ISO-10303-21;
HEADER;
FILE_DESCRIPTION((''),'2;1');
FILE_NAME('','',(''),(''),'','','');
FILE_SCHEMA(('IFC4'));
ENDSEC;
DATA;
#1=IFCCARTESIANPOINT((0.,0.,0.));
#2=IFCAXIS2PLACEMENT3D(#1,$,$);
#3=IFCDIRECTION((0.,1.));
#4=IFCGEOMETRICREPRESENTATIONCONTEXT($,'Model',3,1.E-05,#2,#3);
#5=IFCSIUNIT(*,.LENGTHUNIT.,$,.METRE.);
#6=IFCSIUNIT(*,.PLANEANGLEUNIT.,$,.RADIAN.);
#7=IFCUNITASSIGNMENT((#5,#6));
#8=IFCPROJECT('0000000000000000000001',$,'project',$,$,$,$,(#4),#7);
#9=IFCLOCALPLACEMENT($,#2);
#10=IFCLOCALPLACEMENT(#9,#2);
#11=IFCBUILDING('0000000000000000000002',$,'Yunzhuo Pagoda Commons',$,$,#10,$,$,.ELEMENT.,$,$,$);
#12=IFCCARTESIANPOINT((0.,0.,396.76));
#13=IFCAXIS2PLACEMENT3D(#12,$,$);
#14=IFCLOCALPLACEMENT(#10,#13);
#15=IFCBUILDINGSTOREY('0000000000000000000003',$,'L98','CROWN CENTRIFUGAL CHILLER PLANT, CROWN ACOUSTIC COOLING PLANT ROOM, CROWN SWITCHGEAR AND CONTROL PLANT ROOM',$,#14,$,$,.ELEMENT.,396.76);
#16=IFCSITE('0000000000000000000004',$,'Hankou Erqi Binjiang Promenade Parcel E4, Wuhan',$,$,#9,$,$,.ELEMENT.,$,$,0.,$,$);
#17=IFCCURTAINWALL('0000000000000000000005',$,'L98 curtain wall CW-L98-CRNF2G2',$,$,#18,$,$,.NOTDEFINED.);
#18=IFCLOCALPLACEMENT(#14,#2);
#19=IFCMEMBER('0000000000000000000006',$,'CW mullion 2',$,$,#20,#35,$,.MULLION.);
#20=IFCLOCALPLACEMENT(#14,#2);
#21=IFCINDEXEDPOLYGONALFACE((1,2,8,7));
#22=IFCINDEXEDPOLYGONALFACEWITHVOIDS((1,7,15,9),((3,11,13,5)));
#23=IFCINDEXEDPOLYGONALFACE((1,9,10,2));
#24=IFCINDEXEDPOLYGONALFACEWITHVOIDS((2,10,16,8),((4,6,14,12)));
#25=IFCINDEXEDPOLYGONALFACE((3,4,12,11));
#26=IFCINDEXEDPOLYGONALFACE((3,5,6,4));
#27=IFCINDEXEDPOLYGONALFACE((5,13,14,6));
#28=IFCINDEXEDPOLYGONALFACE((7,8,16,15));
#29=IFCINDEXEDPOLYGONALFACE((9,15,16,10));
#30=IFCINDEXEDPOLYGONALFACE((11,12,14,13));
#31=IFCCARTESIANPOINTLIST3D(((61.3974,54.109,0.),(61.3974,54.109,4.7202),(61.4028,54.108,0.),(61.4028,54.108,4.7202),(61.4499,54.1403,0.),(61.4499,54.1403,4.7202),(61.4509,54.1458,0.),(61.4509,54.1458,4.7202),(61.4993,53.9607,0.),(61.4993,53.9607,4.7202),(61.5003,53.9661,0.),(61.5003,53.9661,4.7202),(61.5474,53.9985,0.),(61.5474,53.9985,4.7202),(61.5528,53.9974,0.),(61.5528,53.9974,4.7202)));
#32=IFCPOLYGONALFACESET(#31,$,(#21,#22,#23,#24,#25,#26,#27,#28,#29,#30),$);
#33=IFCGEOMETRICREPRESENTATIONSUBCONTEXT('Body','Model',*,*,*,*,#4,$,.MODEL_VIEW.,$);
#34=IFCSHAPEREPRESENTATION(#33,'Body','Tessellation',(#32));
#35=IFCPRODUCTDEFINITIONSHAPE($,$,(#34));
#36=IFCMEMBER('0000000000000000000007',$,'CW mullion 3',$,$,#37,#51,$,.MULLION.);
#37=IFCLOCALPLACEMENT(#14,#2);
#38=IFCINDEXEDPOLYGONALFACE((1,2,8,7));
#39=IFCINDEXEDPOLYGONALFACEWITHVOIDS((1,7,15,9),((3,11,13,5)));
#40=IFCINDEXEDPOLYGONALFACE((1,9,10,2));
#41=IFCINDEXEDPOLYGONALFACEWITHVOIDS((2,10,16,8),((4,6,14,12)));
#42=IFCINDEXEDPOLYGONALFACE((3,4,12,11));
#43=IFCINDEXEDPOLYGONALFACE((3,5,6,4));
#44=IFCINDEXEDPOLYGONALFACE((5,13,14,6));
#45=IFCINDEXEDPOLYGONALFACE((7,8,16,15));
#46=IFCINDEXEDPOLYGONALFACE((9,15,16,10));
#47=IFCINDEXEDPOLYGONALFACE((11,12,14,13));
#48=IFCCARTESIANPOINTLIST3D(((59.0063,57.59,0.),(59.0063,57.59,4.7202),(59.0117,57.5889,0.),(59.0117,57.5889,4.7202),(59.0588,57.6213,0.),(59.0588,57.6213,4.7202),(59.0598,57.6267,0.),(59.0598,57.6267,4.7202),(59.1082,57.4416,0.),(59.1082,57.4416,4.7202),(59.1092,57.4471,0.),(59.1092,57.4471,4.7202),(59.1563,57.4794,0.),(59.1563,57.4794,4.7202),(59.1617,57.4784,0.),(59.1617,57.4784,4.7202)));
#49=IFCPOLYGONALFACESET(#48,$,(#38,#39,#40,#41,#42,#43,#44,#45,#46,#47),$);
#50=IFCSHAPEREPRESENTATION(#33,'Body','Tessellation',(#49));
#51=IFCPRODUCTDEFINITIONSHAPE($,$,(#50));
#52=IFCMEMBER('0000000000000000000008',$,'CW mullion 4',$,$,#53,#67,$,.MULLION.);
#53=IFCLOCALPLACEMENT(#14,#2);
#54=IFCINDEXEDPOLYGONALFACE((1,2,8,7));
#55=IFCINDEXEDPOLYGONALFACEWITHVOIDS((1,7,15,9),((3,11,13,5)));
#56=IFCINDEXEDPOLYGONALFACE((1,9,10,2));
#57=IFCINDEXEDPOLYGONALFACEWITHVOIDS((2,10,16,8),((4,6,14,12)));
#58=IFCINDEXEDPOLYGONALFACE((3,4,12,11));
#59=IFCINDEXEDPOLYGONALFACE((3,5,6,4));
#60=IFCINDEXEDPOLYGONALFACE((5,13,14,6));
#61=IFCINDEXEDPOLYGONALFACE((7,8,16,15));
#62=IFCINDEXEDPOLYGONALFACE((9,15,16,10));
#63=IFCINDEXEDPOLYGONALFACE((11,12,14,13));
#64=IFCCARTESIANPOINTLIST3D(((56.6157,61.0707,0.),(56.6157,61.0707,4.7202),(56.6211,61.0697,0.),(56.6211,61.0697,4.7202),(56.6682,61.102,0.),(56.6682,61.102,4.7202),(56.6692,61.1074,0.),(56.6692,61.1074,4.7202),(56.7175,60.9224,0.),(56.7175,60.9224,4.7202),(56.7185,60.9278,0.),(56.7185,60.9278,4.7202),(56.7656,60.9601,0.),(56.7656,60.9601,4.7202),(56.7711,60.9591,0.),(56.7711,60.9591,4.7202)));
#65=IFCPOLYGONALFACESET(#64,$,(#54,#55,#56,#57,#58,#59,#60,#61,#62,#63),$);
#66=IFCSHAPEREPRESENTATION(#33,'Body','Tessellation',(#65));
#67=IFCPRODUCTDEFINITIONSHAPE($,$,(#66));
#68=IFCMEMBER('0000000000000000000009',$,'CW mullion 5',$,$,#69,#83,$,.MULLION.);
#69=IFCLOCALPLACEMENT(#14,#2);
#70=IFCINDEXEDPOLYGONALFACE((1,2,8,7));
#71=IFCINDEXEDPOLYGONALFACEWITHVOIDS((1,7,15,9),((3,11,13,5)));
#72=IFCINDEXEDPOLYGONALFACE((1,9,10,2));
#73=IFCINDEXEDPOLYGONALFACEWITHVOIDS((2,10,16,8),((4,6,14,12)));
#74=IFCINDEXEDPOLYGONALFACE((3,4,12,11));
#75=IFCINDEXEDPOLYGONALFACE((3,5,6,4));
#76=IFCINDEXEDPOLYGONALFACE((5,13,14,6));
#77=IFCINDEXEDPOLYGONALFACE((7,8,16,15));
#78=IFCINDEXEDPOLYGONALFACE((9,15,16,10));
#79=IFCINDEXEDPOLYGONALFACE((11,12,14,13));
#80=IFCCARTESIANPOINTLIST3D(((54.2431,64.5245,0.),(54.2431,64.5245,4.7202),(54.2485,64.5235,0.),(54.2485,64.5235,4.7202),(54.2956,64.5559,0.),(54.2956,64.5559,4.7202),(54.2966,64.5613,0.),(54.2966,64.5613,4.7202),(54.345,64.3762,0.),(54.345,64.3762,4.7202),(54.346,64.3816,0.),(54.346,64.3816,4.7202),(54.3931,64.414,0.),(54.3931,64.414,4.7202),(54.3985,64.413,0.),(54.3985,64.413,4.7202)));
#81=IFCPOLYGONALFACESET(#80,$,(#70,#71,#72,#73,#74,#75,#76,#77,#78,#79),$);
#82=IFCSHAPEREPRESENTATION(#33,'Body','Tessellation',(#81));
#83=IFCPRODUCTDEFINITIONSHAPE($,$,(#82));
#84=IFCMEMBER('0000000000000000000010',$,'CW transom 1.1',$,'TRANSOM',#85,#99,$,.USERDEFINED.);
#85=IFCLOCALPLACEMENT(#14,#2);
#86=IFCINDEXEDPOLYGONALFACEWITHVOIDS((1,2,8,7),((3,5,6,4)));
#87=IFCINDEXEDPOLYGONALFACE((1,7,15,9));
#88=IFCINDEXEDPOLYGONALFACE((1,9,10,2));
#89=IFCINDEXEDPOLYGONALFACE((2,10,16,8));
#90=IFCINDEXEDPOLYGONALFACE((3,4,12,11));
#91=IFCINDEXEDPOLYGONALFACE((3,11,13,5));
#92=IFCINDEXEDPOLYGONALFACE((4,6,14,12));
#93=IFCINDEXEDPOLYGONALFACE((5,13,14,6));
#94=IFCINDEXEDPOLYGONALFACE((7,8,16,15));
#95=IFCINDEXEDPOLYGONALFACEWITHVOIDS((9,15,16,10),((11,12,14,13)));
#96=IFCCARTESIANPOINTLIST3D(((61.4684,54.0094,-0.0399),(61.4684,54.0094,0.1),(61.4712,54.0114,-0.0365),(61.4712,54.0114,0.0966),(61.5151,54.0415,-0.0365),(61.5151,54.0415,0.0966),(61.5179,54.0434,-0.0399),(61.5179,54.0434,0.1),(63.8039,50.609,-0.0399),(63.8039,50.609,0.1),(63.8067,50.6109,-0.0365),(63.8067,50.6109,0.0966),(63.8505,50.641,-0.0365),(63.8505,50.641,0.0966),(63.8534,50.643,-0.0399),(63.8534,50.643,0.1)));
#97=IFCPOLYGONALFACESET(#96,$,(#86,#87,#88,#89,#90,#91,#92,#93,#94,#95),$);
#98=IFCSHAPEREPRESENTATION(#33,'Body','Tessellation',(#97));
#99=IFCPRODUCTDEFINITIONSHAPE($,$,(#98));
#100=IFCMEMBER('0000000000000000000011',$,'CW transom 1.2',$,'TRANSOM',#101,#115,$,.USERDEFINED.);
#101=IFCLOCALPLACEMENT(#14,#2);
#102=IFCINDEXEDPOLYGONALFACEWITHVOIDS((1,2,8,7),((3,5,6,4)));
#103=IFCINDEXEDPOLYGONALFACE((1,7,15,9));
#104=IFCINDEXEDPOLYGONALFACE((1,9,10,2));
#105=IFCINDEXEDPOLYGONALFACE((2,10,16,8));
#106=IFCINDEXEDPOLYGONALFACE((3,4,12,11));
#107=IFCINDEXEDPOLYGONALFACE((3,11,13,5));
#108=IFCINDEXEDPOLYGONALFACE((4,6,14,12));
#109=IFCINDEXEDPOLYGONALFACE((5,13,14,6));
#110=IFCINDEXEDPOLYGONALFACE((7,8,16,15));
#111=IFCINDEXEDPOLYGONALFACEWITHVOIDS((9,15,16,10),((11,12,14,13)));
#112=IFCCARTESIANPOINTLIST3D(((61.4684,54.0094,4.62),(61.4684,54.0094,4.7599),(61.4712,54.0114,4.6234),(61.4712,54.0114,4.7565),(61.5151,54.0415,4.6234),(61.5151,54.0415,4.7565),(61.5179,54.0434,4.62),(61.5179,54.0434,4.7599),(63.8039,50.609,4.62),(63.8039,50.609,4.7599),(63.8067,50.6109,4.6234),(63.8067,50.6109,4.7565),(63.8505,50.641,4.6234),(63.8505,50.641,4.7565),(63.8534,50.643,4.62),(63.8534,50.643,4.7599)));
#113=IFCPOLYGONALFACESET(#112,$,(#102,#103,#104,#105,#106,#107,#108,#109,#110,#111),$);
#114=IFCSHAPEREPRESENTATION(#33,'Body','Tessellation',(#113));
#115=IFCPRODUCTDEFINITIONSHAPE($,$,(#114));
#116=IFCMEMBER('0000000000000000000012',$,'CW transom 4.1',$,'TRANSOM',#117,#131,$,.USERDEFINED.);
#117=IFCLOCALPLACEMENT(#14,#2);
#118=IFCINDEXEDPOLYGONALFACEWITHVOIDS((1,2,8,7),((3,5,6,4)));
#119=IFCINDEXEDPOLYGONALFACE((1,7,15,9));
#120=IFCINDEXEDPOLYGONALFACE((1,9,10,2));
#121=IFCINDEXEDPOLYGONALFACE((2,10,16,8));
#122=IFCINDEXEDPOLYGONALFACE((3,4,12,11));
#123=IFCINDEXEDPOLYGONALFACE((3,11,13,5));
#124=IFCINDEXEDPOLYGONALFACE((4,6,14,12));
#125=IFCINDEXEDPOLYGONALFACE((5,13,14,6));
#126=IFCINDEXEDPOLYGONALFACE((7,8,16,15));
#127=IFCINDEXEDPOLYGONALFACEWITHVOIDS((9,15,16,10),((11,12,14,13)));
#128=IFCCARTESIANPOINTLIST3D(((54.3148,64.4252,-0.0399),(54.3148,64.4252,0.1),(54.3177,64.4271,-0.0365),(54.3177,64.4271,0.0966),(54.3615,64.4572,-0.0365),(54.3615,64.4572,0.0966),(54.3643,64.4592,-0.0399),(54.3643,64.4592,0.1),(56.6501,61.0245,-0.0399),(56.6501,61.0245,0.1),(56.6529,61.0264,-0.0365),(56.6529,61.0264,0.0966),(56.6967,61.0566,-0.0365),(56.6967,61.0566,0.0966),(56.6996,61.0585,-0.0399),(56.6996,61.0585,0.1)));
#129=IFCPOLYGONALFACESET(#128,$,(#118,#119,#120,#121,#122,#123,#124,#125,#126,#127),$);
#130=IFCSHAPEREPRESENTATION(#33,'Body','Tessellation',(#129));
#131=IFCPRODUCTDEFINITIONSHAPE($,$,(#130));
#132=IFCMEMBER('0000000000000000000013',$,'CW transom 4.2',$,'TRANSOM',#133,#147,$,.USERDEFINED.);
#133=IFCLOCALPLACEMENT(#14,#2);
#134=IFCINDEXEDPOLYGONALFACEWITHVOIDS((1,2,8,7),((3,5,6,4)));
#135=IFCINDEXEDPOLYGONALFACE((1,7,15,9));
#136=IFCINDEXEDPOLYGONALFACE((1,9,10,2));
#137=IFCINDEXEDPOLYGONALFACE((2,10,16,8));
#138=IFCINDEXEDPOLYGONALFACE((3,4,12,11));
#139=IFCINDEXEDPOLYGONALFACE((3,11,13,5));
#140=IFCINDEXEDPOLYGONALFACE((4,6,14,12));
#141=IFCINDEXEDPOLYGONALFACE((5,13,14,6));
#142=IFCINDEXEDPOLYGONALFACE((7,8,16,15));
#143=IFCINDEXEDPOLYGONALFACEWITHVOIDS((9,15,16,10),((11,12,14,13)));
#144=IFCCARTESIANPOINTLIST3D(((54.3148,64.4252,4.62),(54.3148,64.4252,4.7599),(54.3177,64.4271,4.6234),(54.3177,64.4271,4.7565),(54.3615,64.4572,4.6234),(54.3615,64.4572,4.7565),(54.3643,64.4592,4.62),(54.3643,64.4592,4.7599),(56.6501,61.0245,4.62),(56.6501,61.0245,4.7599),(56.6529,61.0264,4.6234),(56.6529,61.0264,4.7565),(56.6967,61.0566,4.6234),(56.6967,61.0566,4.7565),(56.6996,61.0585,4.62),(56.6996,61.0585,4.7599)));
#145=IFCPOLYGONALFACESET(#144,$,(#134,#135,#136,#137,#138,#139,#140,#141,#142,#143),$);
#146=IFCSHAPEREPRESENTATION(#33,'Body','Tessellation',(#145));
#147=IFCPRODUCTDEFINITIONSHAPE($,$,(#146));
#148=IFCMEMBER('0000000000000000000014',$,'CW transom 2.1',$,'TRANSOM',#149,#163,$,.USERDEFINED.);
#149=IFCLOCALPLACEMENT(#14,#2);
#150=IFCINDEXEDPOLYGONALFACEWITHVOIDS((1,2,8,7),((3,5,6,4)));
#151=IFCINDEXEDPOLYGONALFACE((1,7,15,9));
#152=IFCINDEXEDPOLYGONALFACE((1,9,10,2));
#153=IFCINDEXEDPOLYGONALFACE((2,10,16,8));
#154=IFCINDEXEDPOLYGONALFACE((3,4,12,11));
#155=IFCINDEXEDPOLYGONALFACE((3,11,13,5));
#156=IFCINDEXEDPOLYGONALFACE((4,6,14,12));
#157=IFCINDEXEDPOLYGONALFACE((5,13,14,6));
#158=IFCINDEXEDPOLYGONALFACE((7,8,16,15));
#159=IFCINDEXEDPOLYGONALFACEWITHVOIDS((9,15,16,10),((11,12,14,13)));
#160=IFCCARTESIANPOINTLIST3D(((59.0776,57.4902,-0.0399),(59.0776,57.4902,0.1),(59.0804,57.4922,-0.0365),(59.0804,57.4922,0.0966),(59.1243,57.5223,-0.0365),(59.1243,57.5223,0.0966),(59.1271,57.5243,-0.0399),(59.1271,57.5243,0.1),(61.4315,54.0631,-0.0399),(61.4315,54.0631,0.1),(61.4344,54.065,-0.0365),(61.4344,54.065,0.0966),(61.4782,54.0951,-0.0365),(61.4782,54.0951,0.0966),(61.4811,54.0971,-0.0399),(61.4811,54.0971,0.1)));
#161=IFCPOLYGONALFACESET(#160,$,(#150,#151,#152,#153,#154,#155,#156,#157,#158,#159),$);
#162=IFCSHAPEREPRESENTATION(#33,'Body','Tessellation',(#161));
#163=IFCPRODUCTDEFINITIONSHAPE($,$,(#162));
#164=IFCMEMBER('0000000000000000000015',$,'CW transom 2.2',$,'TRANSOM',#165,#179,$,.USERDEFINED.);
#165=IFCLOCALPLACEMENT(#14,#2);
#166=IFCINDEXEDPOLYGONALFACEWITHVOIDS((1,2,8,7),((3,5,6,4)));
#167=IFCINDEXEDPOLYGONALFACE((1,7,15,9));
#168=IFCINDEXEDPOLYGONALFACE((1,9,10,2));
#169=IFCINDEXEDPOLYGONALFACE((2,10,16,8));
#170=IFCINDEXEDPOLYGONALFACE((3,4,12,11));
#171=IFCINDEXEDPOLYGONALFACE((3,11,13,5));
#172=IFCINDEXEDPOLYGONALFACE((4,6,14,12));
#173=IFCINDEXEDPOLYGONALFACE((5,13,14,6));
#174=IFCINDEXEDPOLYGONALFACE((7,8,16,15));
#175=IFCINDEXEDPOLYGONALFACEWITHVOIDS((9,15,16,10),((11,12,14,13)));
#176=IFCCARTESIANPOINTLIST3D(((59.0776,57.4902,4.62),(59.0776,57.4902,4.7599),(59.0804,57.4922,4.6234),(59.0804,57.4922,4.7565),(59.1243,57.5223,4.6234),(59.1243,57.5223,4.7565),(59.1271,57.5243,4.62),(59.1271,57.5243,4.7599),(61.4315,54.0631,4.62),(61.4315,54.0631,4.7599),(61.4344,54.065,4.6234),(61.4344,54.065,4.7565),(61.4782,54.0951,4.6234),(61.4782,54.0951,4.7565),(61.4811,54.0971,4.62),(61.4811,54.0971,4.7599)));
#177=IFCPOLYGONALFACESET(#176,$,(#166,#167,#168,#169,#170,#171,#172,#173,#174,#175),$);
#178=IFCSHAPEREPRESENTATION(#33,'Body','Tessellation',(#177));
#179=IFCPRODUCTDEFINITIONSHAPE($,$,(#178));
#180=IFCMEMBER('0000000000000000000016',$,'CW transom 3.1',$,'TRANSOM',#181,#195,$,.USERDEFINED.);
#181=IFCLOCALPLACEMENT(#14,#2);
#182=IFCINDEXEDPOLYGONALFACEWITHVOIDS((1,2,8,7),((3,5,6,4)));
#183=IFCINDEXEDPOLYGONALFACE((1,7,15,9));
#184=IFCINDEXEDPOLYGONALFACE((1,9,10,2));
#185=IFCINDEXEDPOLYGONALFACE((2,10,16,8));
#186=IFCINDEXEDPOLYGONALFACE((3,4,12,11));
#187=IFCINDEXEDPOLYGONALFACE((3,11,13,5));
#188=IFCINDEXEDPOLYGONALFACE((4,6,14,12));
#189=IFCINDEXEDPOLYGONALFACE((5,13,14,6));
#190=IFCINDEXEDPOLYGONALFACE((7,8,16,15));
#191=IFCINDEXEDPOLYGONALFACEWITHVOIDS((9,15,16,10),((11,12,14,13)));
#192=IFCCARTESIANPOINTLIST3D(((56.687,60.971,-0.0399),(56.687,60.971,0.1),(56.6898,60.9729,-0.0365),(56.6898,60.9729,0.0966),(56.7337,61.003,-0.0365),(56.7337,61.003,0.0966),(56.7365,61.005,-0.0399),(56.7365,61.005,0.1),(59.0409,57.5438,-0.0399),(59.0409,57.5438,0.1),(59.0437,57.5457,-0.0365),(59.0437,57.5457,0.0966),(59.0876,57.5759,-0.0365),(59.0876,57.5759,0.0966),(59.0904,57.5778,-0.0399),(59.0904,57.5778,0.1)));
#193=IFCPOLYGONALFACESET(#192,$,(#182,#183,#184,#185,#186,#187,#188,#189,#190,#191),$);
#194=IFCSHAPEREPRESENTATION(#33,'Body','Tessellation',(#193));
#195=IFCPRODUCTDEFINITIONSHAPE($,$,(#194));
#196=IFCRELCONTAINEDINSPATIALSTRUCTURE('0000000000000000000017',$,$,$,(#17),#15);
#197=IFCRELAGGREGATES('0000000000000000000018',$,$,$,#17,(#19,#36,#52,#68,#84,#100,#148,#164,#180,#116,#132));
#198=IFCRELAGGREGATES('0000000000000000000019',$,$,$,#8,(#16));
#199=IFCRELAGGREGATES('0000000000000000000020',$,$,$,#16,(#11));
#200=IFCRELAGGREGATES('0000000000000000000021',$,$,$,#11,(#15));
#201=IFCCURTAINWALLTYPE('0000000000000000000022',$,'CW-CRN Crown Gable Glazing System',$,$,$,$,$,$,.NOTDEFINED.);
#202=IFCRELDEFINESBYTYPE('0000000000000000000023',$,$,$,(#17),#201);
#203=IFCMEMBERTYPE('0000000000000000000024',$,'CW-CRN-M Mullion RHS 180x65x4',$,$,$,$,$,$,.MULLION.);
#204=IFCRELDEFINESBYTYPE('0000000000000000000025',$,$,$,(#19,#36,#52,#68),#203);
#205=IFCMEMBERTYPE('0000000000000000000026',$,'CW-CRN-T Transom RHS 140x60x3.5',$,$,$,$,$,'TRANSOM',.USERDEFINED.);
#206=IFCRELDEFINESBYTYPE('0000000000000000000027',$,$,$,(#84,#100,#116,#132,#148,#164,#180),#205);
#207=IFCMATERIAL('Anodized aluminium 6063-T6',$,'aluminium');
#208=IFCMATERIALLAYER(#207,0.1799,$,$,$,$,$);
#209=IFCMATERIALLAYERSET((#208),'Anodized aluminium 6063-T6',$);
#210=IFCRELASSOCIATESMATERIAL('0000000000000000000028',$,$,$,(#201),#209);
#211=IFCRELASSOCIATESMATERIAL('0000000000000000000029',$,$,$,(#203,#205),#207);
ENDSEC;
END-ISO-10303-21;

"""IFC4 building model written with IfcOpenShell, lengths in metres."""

from ifc_helpers import new_model, si_unit, direction, frame, origin, origin_2d, place, context, subcontext, project, spatial, hollow_rectangle, extrude, source, transform, mapped, material, layer, layer_set, material_profile, profile_set, type_object, element, aggregate, save


model = new_model("IFC4")

# Units and contexts
model_context = context("Model", 3, precision=1e-05, world=origin(), true_north=direction((0.0, 1.0)))
body_context = subcontext(model_context, "Body", "Model", "MODEL_VIEW")
ifc_project = project(units=[si_unit("LENGTHUNIT", "METRE"), si_unit("PLANEANGLEUNIT", "RADIAN")], contexts=[model_context])

# Site, building, storey
site_placement = place(None, origin())
site = spatial("IfcSite", under=ifc_project, at=site_placement, Name="Hankou Erqi Binjiang Promenade Parcel E4, Wuhan", CompositionType="ELEMENT", RefElevation=0.0)
building_placement = place(site_placement, origin())
building = spatial("IfcBuilding", under=site, at=building_placement, Name="Yunzhuo Pagoda Commons", CompositionType="ELEMENT")
storey_placement = place(building_placement, frame((0.0, 0.0, 396.76)))
storey = spatial("IfcBuildingStorey", under=building, at=storey_placement, Name="L98", Description="CROWN CENTRIFUGAL CHILLER PLANT, CROWN ACOUSTIC COOLING PLANT ROOM, CROWN SWITCHGEAR AND CONTROL PLANT ROOM", CompositionType="ELEMENT", Elevation=396.76)

# Shared definitions
ifc_material_1 = material(Name="Anodized aluminium 6063-T6", Category="aluminium")
ifc_layer_1 = layer(ifc_material_1, 0.1799)
ifc_layer_set_1 = layer_set([ifc_layer_1], Name="Anodized aluminium 6063-T6")
curtain_wall_type_1 = type_object("IfcCurtainWallType", Name="CW-CRN Crown Gable Glazing System", PredefinedType="NOTDEFINED", material=ifc_layer_set_1)
ifc_material_profile_1 = material_profile(ifc_material_1, hollow_rectangle(XDim=0.0649, YDim=0.1799, WallThickness=0.0039, at=origin_2d()), Name="Anodized aluminium 6063-T6")
ifc_profile_set_1 = profile_set([ifc_material_profile_1], Name="Anodized aluminium 6063-T6")
member_type_1 = type_object("IfcMemberType", Name="CW-CRN-M Mullion RHS 180x65x4", PredefinedType="MULLION", material=ifc_profile_set_1)
shared_shape_1 = source(origin(), body_context, "Body", "SweptSolid", [
    extrude(hollow_rectangle(XDim=0.0649, YDim=0.1799, WallThickness=0.0039, at=origin_2d()), origin(), (0.0, 0.0, 1.0), 4.7202),
])

# Curtain wall, members
curtain_wall_1_placement = place(storey_placement, origin())
curtain_wall_1 = element("IfcCurtainWall", 1, at=curtain_wall_1_placement, inside=storey, type_object=curtain_wall_type_1, Name="L98 curtain wall CW-L98-CRNF2G2", PredefinedType="NOTDEFINED")
member_1_placement = place(storey_placement, frame((61.4751, 54.0532, 0.0), z_axis=(0.0, 0.0, 1.0), x_axis=(-0.824296, -0.566159, 0.0)))
member_1 = element("IfcMember", 2, at=member_1_placement, type_object=member_type_1, Name="CW mullion 2", PredefinedType="MULLION", context=body_context, shape_type="MappedRepresentation", body=[
    mapped(shared_shape_1, transform((0.0, 0.0, 0.0), scale=1.0)),
])
member_2_placement = place(storey_placement, frame((59.084, 57.5342, 0.0), z_axis=(0.0, 0.0, 1.0), x_axis=(-0.824296, -0.566159, 0.0)))
member_2 = element("IfcMember", 3, at=member_2_placement, type_object=member_type_1, Name="CW mullion 3", PredefinedType="MULLION", context=body_context, shape_type="MappedRepresentation", body=[
    mapped(shared_shape_1, transform((0.0, 0.0, 0.0), scale=1.0)),
])
member_3_placement = place(storey_placement, frame((56.6934, 61.0149, 0.0), z_axis=(0.0, 0.0, 1.0), x_axis=(-0.824296, -0.566159, 0.0)))
member_3 = element("IfcMember", 4, at=member_3_placement, type_object=member_type_1, Name="CW mullion 4", PredefinedType="MULLION", context=body_context, shape_type="MappedRepresentation", body=[
    mapped(shared_shape_1, transform((0.0, 0.0, 0.0), scale=1.0)),
])
member_4_placement = place(storey_placement, frame((54.3208, 64.4688, 0.0), z_axis=(0.0, 0.0, 1.0), x_axis=(-0.824296, -0.566159, 0.0)))
member_4 = element("IfcMember", 5, at=member_4_placement, type_object=member_type_1, Name="CW mullion 5", PredefinedType="MULLION", context=body_context, shape_type="MappedRepresentation", body=[
    mapped(shared_shape_1, transform((0.0, 0.0, 0.0), scale=1.0)),
])
ifc_material_profile_2 = material_profile(ifc_material_1, hollow_rectangle(XDim=0.0601, YDim=0.1399, WallThickness=0.0034, at=origin_2d()), Name="Anodized aluminium 6063-T6")
ifc_profile_set_2 = profile_set([ifc_material_profile_2], Name="Anodized aluminium 6063-T6")
member_type_2 = type_object("IfcMemberType", Name="CW-CRN-T Transom RHS 140x60x3.5", ElementType="TRANSOM", PredefinedType="USERDEFINED", material=ifc_profile_set_2)
shared_shape_2 = source(origin(), body_context, "Body", "SweptSolid", [
    extrude(hollow_rectangle(XDim=0.0601, YDim=0.1399, WallThickness=0.0034, at=origin_2d()), origin(), (0.0, 0.0, 1.0), 4.1252),
])
member_5_placement = place(storey_placement, frame((63.8286, 50.626, 0.03), z_axis=(-0.566147, 0.824304, 0.0), x_axis=(-0.824304, -0.566147, 0.0)))
member_5 = element("IfcMember", 6, at=member_5_placement, type_object=member_type_2, Name="CW transom 1.1", ObjectType="TRANSOM", PredefinedType="USERDEFINED", context=body_context, shape_type="MappedRepresentation", body=[
    mapped(shared_shape_2, transform((0.0, 0.0, 0.0), scale=1.0)),
])
member_6_placement = place(storey_placement, frame((63.8286, 50.626, 4.6899), z_axis=(-0.566147, 0.824304, 0.0), x_axis=(-0.824304, -0.566147, 0.0)))
member_6 = element("IfcMember", 7, at=member_6_placement, type_object=member_type_2, Name="CW transom 1.2", ObjectType="TRANSOM", PredefinedType="USERDEFINED", context=body_context, shape_type="MappedRepresentation", body=[
    mapped(shared_shape_2, transform((0.0, 0.0, 0.0), scale=1.0)),
])
member_7_placement = place(storey_placement, frame((56.6748, 61.0415, 0.03), z_axis=(-0.566079, 0.824351, 0.0), x_axis=(-0.824351, -0.566079, 0.0)))
member_7 = element("IfcMember", 8, at=member_7_placement, type_object=member_type_2, Name="CW transom 4.1", ObjectType="TRANSOM", PredefinedType="USERDEFINED", context=body_context, shape_type="MappedRepresentation", body=[
    mapped(shared_shape_2, transform((0.0, 0.0, 0.0), scale=1.0)),
])
member_8_placement = place(storey_placement, frame((56.6748, 61.0415, 4.6899), z_axis=(-0.566079, 0.824351, 0.0), x_axis=(-0.824351, -0.566079, 0.0)))
member_8 = element("IfcMember", 9, at=member_8_placement, type_object=member_type_2, Name="CW transom 4.2", ObjectType="TRANSOM", PredefinedType="USERDEFINED", context=body_context, shape_type="MappedRepresentation", body=[
    mapped(shared_shape_2, transform((0.0, 0.0, 0.0), scale=1.0)),
])
shared_shape_3 = source(origin(), body_context, "Body", "SweptSolid", [
    extrude(hollow_rectangle(XDim=0.0601, YDim=0.1399, WallThickness=0.0034, at=origin_2d()), origin(), (0.0, 0.0, 1.0), 4.1577),
])
member_9_placement = place(storey_placement, frame((61.4563, 54.0801, 0.03), z_axis=(-0.566165, 0.824292, 0.0), x_axis=(-0.824292, -0.566165, 0.0)))
member_9 = element("IfcMember", 10, at=member_9_placement, type_object=member_type_2, Name="CW transom 2.1", ObjectType="TRANSOM", PredefinedType="USERDEFINED", context=body_context, shape_type="MappedRepresentation", body=[
    mapped(shared_shape_3, transform((0.0, 0.0, 0.0), scale=1.0)),
])
member_10_placement = place(storey_placement, frame((61.4563, 54.0801, 4.6899), z_axis=(-0.566165, 0.824292, 0.0), x_axis=(-0.824292, -0.566165, 0.0)))
member_10 = element("IfcMember", 11, at=member_10_placement, type_object=member_type_2, Name="CW transom 2.2", ObjectType="TRANSOM", PredefinedType="USERDEFINED", context=body_context, shape_type="MappedRepresentation", body=[
    mapped(shared_shape_3, transform((0.0, 0.0, 0.0), scale=1.0)),
])
member_11_placement = place(storey_placement, frame((59.0657, 57.5608, 0.03), z_axis=(-0.566165, 0.824292, 0.0), x_axis=(-0.824292, -0.566165, 0.0)))
member_11 = element("IfcMember", 12, at=member_11_placement, type_object=member_type_2, Name="CW transom 3.1", ObjectType="TRANSOM", PredefinedType="USERDEFINED", context=body_context, shape_type="MappedRepresentation", body=[
    mapped(shared_shape_3, transform((0.0, 0.0, 0.0), scale=1.0)),
])

aggregate(curtain_wall_1, [member_1, member_2, member_3, member_4, member_5, member_6, member_9, member_10, member_11, member_7, member_8])

save(model, "model.ifc")
